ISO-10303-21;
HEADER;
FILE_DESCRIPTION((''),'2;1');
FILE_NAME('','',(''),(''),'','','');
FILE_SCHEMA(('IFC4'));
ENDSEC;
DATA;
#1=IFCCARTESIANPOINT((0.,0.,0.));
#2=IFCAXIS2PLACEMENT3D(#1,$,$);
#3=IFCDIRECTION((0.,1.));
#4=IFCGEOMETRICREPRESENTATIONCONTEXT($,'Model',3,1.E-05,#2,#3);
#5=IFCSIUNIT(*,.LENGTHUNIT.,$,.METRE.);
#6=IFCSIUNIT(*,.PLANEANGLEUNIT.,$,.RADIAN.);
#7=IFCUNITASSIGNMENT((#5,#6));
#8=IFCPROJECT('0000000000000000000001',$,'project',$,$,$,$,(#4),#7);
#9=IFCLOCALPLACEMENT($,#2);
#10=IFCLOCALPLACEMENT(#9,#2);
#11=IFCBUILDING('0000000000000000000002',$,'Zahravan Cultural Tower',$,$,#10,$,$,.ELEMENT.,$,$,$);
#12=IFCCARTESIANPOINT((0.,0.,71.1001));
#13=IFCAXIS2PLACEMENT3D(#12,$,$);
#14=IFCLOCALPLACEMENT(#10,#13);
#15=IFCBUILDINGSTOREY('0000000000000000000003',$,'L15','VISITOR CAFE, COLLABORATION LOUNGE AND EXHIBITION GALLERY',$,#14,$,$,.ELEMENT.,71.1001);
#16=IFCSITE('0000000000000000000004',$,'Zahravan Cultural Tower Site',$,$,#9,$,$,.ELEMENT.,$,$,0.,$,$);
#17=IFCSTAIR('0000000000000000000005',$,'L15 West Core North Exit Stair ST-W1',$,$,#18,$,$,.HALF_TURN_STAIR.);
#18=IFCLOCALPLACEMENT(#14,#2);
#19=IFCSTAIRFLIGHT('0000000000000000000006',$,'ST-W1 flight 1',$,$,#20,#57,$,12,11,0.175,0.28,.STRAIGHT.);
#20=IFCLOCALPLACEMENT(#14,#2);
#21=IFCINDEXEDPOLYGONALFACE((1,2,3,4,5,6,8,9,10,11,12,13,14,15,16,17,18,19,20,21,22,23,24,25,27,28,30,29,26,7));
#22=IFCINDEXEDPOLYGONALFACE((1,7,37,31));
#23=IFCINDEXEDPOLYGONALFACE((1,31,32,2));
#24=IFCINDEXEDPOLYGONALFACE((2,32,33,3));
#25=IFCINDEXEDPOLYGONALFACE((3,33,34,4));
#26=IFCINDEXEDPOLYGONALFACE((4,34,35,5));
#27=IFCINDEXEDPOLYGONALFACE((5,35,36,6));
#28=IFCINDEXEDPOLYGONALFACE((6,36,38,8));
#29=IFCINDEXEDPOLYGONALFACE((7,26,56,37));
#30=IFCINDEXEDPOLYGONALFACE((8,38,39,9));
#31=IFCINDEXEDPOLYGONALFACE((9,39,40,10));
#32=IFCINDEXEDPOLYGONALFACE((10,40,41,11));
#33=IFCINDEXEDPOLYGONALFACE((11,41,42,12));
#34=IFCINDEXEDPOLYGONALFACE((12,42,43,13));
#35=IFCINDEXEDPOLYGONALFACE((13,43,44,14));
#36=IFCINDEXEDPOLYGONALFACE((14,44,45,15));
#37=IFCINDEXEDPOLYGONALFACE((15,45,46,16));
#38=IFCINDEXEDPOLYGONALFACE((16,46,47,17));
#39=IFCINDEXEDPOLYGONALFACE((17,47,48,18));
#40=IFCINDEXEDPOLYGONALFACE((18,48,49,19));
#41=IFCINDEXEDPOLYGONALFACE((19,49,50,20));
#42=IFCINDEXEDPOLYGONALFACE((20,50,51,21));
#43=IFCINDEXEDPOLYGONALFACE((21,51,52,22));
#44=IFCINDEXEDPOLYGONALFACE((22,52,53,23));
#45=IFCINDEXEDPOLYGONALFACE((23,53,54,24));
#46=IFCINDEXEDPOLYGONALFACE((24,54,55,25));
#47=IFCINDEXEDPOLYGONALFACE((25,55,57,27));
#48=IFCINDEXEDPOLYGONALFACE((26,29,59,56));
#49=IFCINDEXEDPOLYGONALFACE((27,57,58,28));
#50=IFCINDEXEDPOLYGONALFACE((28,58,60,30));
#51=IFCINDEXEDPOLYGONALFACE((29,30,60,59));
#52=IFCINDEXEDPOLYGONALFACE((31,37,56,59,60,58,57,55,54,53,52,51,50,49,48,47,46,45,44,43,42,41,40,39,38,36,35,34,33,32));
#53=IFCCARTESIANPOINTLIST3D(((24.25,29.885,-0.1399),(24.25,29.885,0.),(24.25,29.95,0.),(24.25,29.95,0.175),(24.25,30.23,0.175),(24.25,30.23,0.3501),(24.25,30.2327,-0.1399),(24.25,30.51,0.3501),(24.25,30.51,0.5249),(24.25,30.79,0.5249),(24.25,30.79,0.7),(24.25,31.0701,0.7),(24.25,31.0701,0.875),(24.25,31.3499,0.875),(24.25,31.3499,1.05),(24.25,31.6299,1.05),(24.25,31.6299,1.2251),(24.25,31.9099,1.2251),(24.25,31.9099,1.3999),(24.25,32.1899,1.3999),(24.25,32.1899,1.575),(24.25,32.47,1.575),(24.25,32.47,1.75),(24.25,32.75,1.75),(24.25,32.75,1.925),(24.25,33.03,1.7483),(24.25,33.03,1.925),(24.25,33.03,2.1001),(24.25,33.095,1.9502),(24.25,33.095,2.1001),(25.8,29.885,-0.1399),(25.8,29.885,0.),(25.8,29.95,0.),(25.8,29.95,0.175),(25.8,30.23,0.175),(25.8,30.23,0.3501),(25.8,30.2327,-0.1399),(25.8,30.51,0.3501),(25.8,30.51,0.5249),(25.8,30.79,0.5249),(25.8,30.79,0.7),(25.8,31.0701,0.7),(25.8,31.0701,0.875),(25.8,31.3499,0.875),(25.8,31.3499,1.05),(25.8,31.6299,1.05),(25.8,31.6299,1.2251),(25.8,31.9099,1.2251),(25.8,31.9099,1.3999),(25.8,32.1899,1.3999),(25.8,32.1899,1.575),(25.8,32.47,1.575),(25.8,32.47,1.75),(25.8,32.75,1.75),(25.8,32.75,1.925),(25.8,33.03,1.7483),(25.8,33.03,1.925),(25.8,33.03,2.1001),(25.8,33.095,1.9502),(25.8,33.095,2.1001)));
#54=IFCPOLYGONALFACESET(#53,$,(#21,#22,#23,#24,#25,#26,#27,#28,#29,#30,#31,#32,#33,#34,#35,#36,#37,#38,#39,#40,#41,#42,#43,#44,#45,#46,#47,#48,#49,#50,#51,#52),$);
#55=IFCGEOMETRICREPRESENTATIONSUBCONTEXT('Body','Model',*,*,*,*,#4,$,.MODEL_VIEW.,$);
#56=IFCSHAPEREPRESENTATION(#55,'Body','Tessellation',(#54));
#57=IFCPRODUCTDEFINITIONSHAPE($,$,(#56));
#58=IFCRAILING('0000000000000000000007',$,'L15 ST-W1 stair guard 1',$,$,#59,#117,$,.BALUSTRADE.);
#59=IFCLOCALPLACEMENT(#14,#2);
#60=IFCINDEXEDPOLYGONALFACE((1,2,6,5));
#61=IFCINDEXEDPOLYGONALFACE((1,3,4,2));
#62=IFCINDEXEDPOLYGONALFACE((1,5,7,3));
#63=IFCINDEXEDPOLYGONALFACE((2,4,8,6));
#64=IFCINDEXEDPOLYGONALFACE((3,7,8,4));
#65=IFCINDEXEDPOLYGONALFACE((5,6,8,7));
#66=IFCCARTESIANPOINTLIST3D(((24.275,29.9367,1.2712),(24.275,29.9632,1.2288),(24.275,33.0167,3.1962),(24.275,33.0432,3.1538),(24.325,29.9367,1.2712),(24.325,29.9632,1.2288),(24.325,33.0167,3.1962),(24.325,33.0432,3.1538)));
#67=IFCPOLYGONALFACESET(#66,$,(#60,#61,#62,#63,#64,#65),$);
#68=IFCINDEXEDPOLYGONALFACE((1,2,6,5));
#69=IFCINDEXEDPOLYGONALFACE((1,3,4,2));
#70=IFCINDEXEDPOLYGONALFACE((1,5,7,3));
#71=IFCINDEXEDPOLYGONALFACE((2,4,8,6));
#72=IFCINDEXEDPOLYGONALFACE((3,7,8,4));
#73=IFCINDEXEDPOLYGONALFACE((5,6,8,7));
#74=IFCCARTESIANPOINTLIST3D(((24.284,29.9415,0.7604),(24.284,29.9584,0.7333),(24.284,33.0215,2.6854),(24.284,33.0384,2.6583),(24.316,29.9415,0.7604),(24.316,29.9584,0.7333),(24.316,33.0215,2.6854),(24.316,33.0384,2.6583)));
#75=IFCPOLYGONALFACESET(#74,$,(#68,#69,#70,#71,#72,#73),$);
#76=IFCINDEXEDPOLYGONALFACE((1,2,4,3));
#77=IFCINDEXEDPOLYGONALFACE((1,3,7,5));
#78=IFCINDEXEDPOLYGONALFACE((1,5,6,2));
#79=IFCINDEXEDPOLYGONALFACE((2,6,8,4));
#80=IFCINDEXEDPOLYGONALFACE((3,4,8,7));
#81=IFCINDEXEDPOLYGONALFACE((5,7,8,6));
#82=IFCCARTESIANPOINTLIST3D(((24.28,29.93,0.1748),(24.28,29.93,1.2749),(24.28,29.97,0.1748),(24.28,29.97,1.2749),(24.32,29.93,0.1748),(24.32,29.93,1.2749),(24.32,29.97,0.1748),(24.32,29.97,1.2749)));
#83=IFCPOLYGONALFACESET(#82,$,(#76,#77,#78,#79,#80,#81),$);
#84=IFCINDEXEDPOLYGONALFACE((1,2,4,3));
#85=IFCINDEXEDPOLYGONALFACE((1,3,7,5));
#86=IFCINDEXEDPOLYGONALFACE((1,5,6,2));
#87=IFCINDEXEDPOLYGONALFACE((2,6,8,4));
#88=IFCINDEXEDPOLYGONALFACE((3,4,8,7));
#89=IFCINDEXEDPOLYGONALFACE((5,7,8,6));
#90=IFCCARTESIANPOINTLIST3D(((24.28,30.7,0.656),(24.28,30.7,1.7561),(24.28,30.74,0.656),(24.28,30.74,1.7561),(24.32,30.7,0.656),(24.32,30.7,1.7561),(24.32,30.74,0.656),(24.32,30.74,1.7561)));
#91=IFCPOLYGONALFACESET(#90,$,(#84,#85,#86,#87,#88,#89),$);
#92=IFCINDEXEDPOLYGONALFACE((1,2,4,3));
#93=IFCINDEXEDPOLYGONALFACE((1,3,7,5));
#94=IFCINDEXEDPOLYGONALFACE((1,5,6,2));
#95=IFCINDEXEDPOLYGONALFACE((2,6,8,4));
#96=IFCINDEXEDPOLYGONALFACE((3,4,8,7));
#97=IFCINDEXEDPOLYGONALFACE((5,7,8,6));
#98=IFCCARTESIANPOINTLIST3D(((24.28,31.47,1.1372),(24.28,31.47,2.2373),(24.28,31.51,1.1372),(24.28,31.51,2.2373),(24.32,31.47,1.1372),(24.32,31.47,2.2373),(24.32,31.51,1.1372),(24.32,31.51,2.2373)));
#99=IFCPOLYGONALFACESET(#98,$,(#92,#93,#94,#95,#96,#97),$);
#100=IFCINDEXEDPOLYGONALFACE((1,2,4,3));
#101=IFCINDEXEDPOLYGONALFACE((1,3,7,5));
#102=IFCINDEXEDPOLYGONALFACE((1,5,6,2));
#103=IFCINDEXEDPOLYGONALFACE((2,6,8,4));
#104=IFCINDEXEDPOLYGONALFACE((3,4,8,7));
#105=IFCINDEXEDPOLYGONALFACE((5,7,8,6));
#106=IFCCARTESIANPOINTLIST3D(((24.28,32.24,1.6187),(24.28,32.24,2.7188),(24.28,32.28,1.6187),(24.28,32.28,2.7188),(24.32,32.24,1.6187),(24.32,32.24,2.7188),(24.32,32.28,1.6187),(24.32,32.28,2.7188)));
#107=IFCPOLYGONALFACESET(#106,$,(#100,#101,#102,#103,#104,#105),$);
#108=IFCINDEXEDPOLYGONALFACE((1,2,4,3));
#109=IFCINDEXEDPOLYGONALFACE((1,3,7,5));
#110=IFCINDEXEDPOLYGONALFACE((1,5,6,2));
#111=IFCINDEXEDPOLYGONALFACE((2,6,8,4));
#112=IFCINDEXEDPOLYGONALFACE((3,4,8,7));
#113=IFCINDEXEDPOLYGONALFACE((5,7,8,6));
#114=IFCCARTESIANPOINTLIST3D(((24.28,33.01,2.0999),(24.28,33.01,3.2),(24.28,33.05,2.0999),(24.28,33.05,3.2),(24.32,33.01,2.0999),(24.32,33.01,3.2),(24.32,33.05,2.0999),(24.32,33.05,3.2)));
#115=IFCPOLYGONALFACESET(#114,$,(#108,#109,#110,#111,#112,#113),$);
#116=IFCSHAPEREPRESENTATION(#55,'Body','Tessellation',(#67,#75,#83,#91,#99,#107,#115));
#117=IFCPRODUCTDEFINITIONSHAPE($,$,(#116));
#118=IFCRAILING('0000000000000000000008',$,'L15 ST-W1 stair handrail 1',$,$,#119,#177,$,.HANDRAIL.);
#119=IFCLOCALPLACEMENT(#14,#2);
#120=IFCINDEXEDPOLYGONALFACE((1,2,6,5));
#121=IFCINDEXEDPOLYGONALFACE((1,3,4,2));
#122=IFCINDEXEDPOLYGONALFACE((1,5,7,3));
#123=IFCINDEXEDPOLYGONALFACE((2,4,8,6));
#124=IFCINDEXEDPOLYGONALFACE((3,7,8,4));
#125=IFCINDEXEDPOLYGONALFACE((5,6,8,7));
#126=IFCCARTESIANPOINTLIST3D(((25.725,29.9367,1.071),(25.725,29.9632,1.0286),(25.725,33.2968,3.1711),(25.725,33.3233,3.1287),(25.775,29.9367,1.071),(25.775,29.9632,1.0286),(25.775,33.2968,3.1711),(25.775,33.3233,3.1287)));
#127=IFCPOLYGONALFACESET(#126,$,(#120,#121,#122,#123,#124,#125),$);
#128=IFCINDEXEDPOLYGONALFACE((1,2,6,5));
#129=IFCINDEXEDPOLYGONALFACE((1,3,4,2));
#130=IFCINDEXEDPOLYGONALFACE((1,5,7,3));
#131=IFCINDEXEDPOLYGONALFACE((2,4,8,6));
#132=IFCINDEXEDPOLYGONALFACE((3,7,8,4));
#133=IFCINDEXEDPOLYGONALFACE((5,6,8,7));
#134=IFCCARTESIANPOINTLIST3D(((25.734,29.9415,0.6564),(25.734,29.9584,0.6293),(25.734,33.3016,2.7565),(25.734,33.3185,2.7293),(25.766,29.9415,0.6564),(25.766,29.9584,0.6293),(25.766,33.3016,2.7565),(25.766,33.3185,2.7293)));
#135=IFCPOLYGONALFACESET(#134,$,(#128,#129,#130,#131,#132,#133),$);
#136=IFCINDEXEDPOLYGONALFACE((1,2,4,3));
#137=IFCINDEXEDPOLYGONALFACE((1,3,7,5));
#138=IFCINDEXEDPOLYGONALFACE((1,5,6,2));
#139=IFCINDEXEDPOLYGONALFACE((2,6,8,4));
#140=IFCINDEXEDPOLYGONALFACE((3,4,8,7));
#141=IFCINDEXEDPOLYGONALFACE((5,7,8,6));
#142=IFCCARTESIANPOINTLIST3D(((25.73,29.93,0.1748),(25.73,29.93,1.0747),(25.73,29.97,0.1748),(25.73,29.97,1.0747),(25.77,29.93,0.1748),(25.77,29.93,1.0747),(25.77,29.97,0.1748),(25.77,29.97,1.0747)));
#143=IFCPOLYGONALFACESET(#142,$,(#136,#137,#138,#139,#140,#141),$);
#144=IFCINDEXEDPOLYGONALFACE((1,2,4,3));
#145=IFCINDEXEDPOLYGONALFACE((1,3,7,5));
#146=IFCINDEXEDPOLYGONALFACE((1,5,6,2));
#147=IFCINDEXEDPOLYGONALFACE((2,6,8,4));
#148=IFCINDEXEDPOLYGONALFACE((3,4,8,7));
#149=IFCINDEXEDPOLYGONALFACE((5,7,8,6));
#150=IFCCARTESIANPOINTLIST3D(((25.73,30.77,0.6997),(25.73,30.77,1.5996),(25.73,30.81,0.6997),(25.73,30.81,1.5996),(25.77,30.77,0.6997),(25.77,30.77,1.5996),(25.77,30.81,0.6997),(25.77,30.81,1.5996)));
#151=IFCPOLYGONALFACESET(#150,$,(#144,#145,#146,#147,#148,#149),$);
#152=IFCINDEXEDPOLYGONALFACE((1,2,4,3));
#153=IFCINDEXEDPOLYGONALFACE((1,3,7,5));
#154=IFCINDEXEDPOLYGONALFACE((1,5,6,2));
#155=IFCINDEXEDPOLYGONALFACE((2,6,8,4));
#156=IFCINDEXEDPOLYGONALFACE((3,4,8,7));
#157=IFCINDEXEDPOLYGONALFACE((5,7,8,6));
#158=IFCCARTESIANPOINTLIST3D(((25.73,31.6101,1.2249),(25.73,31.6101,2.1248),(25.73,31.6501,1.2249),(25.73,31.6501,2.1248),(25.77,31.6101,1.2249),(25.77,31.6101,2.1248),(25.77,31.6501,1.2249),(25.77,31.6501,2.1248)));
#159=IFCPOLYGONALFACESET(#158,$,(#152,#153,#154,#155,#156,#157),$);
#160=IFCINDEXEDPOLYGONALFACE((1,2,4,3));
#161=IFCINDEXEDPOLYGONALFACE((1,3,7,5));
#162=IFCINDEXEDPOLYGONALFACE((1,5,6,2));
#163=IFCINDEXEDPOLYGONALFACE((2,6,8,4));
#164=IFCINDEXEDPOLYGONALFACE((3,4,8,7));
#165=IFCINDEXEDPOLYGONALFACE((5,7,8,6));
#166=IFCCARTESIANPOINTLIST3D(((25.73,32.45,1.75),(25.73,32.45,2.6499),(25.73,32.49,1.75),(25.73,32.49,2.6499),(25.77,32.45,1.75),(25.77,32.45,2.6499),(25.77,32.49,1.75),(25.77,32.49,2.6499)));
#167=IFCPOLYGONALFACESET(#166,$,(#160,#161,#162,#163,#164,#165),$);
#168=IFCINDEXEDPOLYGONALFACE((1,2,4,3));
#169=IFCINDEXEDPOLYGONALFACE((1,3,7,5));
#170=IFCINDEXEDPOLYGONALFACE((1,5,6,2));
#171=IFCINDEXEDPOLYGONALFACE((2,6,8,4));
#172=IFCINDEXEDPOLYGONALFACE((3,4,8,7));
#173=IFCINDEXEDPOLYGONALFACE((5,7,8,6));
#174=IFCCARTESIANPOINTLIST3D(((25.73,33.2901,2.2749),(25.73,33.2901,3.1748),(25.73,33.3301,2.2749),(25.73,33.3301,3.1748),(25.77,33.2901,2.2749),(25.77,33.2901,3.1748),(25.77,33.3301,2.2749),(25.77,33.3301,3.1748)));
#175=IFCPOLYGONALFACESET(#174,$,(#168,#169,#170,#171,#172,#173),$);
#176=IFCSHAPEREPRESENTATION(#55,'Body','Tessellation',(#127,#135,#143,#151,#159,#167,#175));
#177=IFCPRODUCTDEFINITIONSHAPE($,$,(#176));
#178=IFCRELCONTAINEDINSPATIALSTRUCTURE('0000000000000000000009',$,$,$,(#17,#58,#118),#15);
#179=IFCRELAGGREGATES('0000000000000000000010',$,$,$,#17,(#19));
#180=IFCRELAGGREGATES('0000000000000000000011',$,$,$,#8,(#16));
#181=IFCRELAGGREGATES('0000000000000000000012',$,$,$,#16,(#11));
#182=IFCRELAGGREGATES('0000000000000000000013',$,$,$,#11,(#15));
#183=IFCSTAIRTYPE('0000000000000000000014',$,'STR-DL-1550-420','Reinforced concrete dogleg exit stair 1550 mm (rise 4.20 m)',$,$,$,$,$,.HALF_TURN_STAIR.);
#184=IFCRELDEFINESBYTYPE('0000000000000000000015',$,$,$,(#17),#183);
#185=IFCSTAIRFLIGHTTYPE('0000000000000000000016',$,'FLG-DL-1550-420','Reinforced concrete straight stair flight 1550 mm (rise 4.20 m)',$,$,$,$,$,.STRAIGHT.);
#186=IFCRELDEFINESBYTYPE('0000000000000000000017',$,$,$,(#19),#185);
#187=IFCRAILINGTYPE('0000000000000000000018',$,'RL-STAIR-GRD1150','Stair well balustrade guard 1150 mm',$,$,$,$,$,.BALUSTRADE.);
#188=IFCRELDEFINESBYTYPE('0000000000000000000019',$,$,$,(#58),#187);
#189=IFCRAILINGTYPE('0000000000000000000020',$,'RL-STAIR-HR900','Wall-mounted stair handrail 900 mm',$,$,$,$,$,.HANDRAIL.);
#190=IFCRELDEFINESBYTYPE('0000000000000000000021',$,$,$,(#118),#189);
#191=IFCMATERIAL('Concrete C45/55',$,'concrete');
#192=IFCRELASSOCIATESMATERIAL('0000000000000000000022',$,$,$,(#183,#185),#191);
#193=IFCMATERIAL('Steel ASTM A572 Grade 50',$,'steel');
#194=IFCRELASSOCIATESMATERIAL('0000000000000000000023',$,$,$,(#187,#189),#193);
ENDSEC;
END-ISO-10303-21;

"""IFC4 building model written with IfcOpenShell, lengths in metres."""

from ifc_helpers import new_model, si_unit, direction, frame, origin, origin_2d, place, context, subcontext, project, spatial, polyline, rectangle, outline, extrude, material, type_object, element, aggregate, save


model = new_model("IFC4")

# Units and contexts
model_context = context("Model", 3, precision=1e-05, world=origin(), true_north=direction((0.0, 1.0)))
body_context = subcontext(model_context, "Body", "Model", "MODEL_VIEW")
ifc_project = project(units=[si_unit("LENGTHUNIT", "METRE"), si_unit("PLANEANGLEUNIT", "RADIAN")], contexts=[model_context])

# Site, building, storey
site_placement = place(None, origin())
site = spatial("IfcSite", under=ifc_project, at=site_placement, Name="Zahravan Cultural Tower Site", CompositionType="ELEMENT", RefElevation=0.0)
building_placement = place(site_placement, origin())
building = spatial("IfcBuilding", under=site, at=building_placement, Name="Zahravan Cultural Tower", CompositionType="ELEMENT")
storey_placement = place(building_placement, frame((0.0, 0.0, 71.1001)))
storey = spatial("IfcBuildingStorey", under=building, at=storey_placement, Name="L15", Description="VISITOR CAFE, COLLABORATION LOUNGE AND EXHIBITION GALLERY", CompositionType="ELEMENT", Elevation=71.1001)

# Shared definitions
ifc_material_1 = material(Name="Steel ASTM A572 Grade 50", Category="steel")
ifc_material_2 = material(Name="Concrete C45/55", Category="concrete")

# Stair, stair flight
stair_type = type_object("IfcStairType", Name="STR-DL-1550-420", Description="Reinforced concrete dogleg exit stair 1550 mm (rise 4.20 m)", PredefinedType="HALF_TURN_STAIR", material=ifc_material_2)
stair_placement = place(storey_placement, origin())
stair = element("IfcStair", 1, at=stair_placement, inside=storey, type_object=stair_type, Name="L15 West Core North Exit Stair ST-W1", PredefinedType="HALF_TURN_STAIR")
stair_flight_type = type_object("IfcStairFlightType", Name="FLG-DL-1550-420", Description="Reinforced concrete straight stair flight 1550 mm (rise 4.20 m)", PredefinedType="STRAIGHT", material=ifc_material_2)
stair_flight_placement = place(storey_placement, frame((25.0249, 29.95, 0.0), z_axis=(0.0, 0.0, 1.0), x_axis=(0.0, 1.0, 0.0)))
stair_flight = element("IfcStairFlight", 2, at=stair_flight_placement, type_object=stair_flight_type, Name="ST-W1 flight 1", NumberOfRisers=12, NumberOfTreads=11, PredefinedType="STRAIGHT", RiserHeight=0.175, TreadLength=0.28, context=body_context, shape_type="SweptSolid", body=[
    extrude(outline(polyline([(-0.0649, -0.1399), (-0.0649, 0.0), (0.0, 0.0), (0.0, 0.175), (0.28, 0.175), (0.28, 0.3501), (0.5601, 0.3501), (0.5601, 0.5249), (0.8401, 0.5249), (0.8401, 0.7), (1.1201, 0.7), (1.1201, 0.875), (1.3999, 0.875), (1.3999, 1.05), (1.6799, 1.05), (1.6799, 1.2251), (1.96, 1.2251), (1.96, 1.3999), (2.24, 1.3999), (2.24, 1.575), (2.52, 1.575), (2.52, 1.75), (2.8, 1.75), (2.8, 1.925), (3.0801, 1.925), (3.0801, 2.1001), (3.145, 2.1001), (3.145, 1.9502), (3.0801, 1.7483), (0.2827, -0.1399), (-0.0649, -0.1399)])), frame((0.0, 0.7749, 0.0), z_axis=(0.0, -1.0, 0.0), x_axis=(1.0, 0.0, 0.0)), (0.0, 0.0, 1.0), 1.55),
])
aggregate(stair, [stair_flight])

# Railings
railing_type_1 = type_object("IfcRailingType", Name="RL-STAIR-GRD1150", Description="Stair well balustrade guard 1150 mm", PredefinedType="BALUSTRADE", material=ifc_material_1)
railing_1_placement = place(storey_placement, frame((24.3, 29.95, 0.1748)))
element("IfcRailing", 3, at=railing_1_placement, inside=storey, type_object=railing_type_1, Name="L15 ST-W1 stair guard 1", PredefinedType="BALUSTRADE", context=body_context, shape_type="SweptSolid", body=[
    extrude(rectangle(XDim=0.05, YDim=0.05, at=origin_2d()), frame((0.0, 0.0, 1.0752), z_axis=(0.0, 0.847998, 0.529999), x_axis=(-1.0, 0.0, 0.0)), (0.0, 0.0, 1.0), 3.6321),
    extrude(rectangle(XDim=0.032, YDim=0.032, at=origin_2d()), frame((0.0, 0.0, 0.572), z_axis=(0.0, 0.847998, 0.529999), x_axis=(-1.0, 0.0, 0.0)), (0.0, 0.0, 1.0), 3.6321),
    extrude(rectangle(XDim=0.04, YDim=0.04, at=origin_2d()), origin(), (0.0, 0.0, 1.0), 1.1001),
    extrude(rectangle(XDim=0.04, YDim=0.04, at=origin_2d()), frame((0.0, 0.77, 0.4812)), (0.0, 0.0, 1.0), 1.1001),
    extrude(rectangle(XDim=0.04, YDim=0.04, at=origin_2d()), frame((0.0, 1.54, 0.9624)), (0.0, 0.0, 1.0), 1.1001),
    extrude(rectangle(XDim=0.04, YDim=0.04, at=origin_2d()), frame((0.0, 2.3101, 1.4438)), (0.0, 0.0, 1.0), 1.1001),
    extrude(rectangle(XDim=0.04, YDim=0.04, at=origin_2d()), frame((0.0, 3.0801, 1.925)), (0.0, 0.0, 1.0), 1.1001),
])
railing_type_2 = type_object("IfcRailingType", Name="RL-STAIR-HR900", Description="Wall-mounted stair handrail 900 mm", PredefinedType="HANDRAIL", material=ifc_material_1)
railing_2_placement = place(storey_placement, frame((25.75, 29.95, 0.1748)))
element("IfcRailing", 4, at=railing_2_placement, inside=storey, type_object=railing_type_2, Name="L15 ST-W1 stair handrail 1", PredefinedType="HANDRAIL", context=body_context, shape_type="SweptSolid", body=[
    extrude(rectangle(XDim=0.05, YDim=0.05, at=origin_2d()), frame((0.0, 0.0, 0.875), z_axis=(0.0, 0.847995, 0.530004), x_axis=(-1.0, 0.0, 0.0)), (0.0, 0.0, 1.0), 3.9624),
    extrude(rectangle(XDim=0.032, YDim=0.032, at=origin_2d()), frame((0.0, 0.0, 0.468), z_axis=(0.0, 0.847995, 0.530004), x_axis=(-1.0, 0.0, 0.0)), (0.0, 0.0, 1.0), 3.9624),
    extrude(rectangle(XDim=0.04, YDim=0.04, at=origin_2d()), origin(), (0.0, 0.0, 1.0), 0.8999),
    extrude(rectangle(XDim=0.04, YDim=0.04, at=origin_2d()), frame((0.0, 0.8401, 0.5249)), (0.0, 0.0, 1.0), 0.8999),
    extrude(rectangle(XDim=0.04, YDim=0.04, at=origin_2d()), frame((0.0, 1.6802, 1.05)), (0.0, 0.0, 1.0), 0.8999),
    extrude(rectangle(XDim=0.04, YDim=0.04, at=origin_2d()), frame((0.0, 2.52, 1.5752)), (0.0, 0.0, 1.0), 0.8999),
    extrude(rectangle(XDim=0.04, YDim=0.04, at=origin_2d()), frame((0.0, 3.3601, 2.1001)), (0.0, 0.0, 1.0), 0.8999),
])

save(model, "model.ifc")
